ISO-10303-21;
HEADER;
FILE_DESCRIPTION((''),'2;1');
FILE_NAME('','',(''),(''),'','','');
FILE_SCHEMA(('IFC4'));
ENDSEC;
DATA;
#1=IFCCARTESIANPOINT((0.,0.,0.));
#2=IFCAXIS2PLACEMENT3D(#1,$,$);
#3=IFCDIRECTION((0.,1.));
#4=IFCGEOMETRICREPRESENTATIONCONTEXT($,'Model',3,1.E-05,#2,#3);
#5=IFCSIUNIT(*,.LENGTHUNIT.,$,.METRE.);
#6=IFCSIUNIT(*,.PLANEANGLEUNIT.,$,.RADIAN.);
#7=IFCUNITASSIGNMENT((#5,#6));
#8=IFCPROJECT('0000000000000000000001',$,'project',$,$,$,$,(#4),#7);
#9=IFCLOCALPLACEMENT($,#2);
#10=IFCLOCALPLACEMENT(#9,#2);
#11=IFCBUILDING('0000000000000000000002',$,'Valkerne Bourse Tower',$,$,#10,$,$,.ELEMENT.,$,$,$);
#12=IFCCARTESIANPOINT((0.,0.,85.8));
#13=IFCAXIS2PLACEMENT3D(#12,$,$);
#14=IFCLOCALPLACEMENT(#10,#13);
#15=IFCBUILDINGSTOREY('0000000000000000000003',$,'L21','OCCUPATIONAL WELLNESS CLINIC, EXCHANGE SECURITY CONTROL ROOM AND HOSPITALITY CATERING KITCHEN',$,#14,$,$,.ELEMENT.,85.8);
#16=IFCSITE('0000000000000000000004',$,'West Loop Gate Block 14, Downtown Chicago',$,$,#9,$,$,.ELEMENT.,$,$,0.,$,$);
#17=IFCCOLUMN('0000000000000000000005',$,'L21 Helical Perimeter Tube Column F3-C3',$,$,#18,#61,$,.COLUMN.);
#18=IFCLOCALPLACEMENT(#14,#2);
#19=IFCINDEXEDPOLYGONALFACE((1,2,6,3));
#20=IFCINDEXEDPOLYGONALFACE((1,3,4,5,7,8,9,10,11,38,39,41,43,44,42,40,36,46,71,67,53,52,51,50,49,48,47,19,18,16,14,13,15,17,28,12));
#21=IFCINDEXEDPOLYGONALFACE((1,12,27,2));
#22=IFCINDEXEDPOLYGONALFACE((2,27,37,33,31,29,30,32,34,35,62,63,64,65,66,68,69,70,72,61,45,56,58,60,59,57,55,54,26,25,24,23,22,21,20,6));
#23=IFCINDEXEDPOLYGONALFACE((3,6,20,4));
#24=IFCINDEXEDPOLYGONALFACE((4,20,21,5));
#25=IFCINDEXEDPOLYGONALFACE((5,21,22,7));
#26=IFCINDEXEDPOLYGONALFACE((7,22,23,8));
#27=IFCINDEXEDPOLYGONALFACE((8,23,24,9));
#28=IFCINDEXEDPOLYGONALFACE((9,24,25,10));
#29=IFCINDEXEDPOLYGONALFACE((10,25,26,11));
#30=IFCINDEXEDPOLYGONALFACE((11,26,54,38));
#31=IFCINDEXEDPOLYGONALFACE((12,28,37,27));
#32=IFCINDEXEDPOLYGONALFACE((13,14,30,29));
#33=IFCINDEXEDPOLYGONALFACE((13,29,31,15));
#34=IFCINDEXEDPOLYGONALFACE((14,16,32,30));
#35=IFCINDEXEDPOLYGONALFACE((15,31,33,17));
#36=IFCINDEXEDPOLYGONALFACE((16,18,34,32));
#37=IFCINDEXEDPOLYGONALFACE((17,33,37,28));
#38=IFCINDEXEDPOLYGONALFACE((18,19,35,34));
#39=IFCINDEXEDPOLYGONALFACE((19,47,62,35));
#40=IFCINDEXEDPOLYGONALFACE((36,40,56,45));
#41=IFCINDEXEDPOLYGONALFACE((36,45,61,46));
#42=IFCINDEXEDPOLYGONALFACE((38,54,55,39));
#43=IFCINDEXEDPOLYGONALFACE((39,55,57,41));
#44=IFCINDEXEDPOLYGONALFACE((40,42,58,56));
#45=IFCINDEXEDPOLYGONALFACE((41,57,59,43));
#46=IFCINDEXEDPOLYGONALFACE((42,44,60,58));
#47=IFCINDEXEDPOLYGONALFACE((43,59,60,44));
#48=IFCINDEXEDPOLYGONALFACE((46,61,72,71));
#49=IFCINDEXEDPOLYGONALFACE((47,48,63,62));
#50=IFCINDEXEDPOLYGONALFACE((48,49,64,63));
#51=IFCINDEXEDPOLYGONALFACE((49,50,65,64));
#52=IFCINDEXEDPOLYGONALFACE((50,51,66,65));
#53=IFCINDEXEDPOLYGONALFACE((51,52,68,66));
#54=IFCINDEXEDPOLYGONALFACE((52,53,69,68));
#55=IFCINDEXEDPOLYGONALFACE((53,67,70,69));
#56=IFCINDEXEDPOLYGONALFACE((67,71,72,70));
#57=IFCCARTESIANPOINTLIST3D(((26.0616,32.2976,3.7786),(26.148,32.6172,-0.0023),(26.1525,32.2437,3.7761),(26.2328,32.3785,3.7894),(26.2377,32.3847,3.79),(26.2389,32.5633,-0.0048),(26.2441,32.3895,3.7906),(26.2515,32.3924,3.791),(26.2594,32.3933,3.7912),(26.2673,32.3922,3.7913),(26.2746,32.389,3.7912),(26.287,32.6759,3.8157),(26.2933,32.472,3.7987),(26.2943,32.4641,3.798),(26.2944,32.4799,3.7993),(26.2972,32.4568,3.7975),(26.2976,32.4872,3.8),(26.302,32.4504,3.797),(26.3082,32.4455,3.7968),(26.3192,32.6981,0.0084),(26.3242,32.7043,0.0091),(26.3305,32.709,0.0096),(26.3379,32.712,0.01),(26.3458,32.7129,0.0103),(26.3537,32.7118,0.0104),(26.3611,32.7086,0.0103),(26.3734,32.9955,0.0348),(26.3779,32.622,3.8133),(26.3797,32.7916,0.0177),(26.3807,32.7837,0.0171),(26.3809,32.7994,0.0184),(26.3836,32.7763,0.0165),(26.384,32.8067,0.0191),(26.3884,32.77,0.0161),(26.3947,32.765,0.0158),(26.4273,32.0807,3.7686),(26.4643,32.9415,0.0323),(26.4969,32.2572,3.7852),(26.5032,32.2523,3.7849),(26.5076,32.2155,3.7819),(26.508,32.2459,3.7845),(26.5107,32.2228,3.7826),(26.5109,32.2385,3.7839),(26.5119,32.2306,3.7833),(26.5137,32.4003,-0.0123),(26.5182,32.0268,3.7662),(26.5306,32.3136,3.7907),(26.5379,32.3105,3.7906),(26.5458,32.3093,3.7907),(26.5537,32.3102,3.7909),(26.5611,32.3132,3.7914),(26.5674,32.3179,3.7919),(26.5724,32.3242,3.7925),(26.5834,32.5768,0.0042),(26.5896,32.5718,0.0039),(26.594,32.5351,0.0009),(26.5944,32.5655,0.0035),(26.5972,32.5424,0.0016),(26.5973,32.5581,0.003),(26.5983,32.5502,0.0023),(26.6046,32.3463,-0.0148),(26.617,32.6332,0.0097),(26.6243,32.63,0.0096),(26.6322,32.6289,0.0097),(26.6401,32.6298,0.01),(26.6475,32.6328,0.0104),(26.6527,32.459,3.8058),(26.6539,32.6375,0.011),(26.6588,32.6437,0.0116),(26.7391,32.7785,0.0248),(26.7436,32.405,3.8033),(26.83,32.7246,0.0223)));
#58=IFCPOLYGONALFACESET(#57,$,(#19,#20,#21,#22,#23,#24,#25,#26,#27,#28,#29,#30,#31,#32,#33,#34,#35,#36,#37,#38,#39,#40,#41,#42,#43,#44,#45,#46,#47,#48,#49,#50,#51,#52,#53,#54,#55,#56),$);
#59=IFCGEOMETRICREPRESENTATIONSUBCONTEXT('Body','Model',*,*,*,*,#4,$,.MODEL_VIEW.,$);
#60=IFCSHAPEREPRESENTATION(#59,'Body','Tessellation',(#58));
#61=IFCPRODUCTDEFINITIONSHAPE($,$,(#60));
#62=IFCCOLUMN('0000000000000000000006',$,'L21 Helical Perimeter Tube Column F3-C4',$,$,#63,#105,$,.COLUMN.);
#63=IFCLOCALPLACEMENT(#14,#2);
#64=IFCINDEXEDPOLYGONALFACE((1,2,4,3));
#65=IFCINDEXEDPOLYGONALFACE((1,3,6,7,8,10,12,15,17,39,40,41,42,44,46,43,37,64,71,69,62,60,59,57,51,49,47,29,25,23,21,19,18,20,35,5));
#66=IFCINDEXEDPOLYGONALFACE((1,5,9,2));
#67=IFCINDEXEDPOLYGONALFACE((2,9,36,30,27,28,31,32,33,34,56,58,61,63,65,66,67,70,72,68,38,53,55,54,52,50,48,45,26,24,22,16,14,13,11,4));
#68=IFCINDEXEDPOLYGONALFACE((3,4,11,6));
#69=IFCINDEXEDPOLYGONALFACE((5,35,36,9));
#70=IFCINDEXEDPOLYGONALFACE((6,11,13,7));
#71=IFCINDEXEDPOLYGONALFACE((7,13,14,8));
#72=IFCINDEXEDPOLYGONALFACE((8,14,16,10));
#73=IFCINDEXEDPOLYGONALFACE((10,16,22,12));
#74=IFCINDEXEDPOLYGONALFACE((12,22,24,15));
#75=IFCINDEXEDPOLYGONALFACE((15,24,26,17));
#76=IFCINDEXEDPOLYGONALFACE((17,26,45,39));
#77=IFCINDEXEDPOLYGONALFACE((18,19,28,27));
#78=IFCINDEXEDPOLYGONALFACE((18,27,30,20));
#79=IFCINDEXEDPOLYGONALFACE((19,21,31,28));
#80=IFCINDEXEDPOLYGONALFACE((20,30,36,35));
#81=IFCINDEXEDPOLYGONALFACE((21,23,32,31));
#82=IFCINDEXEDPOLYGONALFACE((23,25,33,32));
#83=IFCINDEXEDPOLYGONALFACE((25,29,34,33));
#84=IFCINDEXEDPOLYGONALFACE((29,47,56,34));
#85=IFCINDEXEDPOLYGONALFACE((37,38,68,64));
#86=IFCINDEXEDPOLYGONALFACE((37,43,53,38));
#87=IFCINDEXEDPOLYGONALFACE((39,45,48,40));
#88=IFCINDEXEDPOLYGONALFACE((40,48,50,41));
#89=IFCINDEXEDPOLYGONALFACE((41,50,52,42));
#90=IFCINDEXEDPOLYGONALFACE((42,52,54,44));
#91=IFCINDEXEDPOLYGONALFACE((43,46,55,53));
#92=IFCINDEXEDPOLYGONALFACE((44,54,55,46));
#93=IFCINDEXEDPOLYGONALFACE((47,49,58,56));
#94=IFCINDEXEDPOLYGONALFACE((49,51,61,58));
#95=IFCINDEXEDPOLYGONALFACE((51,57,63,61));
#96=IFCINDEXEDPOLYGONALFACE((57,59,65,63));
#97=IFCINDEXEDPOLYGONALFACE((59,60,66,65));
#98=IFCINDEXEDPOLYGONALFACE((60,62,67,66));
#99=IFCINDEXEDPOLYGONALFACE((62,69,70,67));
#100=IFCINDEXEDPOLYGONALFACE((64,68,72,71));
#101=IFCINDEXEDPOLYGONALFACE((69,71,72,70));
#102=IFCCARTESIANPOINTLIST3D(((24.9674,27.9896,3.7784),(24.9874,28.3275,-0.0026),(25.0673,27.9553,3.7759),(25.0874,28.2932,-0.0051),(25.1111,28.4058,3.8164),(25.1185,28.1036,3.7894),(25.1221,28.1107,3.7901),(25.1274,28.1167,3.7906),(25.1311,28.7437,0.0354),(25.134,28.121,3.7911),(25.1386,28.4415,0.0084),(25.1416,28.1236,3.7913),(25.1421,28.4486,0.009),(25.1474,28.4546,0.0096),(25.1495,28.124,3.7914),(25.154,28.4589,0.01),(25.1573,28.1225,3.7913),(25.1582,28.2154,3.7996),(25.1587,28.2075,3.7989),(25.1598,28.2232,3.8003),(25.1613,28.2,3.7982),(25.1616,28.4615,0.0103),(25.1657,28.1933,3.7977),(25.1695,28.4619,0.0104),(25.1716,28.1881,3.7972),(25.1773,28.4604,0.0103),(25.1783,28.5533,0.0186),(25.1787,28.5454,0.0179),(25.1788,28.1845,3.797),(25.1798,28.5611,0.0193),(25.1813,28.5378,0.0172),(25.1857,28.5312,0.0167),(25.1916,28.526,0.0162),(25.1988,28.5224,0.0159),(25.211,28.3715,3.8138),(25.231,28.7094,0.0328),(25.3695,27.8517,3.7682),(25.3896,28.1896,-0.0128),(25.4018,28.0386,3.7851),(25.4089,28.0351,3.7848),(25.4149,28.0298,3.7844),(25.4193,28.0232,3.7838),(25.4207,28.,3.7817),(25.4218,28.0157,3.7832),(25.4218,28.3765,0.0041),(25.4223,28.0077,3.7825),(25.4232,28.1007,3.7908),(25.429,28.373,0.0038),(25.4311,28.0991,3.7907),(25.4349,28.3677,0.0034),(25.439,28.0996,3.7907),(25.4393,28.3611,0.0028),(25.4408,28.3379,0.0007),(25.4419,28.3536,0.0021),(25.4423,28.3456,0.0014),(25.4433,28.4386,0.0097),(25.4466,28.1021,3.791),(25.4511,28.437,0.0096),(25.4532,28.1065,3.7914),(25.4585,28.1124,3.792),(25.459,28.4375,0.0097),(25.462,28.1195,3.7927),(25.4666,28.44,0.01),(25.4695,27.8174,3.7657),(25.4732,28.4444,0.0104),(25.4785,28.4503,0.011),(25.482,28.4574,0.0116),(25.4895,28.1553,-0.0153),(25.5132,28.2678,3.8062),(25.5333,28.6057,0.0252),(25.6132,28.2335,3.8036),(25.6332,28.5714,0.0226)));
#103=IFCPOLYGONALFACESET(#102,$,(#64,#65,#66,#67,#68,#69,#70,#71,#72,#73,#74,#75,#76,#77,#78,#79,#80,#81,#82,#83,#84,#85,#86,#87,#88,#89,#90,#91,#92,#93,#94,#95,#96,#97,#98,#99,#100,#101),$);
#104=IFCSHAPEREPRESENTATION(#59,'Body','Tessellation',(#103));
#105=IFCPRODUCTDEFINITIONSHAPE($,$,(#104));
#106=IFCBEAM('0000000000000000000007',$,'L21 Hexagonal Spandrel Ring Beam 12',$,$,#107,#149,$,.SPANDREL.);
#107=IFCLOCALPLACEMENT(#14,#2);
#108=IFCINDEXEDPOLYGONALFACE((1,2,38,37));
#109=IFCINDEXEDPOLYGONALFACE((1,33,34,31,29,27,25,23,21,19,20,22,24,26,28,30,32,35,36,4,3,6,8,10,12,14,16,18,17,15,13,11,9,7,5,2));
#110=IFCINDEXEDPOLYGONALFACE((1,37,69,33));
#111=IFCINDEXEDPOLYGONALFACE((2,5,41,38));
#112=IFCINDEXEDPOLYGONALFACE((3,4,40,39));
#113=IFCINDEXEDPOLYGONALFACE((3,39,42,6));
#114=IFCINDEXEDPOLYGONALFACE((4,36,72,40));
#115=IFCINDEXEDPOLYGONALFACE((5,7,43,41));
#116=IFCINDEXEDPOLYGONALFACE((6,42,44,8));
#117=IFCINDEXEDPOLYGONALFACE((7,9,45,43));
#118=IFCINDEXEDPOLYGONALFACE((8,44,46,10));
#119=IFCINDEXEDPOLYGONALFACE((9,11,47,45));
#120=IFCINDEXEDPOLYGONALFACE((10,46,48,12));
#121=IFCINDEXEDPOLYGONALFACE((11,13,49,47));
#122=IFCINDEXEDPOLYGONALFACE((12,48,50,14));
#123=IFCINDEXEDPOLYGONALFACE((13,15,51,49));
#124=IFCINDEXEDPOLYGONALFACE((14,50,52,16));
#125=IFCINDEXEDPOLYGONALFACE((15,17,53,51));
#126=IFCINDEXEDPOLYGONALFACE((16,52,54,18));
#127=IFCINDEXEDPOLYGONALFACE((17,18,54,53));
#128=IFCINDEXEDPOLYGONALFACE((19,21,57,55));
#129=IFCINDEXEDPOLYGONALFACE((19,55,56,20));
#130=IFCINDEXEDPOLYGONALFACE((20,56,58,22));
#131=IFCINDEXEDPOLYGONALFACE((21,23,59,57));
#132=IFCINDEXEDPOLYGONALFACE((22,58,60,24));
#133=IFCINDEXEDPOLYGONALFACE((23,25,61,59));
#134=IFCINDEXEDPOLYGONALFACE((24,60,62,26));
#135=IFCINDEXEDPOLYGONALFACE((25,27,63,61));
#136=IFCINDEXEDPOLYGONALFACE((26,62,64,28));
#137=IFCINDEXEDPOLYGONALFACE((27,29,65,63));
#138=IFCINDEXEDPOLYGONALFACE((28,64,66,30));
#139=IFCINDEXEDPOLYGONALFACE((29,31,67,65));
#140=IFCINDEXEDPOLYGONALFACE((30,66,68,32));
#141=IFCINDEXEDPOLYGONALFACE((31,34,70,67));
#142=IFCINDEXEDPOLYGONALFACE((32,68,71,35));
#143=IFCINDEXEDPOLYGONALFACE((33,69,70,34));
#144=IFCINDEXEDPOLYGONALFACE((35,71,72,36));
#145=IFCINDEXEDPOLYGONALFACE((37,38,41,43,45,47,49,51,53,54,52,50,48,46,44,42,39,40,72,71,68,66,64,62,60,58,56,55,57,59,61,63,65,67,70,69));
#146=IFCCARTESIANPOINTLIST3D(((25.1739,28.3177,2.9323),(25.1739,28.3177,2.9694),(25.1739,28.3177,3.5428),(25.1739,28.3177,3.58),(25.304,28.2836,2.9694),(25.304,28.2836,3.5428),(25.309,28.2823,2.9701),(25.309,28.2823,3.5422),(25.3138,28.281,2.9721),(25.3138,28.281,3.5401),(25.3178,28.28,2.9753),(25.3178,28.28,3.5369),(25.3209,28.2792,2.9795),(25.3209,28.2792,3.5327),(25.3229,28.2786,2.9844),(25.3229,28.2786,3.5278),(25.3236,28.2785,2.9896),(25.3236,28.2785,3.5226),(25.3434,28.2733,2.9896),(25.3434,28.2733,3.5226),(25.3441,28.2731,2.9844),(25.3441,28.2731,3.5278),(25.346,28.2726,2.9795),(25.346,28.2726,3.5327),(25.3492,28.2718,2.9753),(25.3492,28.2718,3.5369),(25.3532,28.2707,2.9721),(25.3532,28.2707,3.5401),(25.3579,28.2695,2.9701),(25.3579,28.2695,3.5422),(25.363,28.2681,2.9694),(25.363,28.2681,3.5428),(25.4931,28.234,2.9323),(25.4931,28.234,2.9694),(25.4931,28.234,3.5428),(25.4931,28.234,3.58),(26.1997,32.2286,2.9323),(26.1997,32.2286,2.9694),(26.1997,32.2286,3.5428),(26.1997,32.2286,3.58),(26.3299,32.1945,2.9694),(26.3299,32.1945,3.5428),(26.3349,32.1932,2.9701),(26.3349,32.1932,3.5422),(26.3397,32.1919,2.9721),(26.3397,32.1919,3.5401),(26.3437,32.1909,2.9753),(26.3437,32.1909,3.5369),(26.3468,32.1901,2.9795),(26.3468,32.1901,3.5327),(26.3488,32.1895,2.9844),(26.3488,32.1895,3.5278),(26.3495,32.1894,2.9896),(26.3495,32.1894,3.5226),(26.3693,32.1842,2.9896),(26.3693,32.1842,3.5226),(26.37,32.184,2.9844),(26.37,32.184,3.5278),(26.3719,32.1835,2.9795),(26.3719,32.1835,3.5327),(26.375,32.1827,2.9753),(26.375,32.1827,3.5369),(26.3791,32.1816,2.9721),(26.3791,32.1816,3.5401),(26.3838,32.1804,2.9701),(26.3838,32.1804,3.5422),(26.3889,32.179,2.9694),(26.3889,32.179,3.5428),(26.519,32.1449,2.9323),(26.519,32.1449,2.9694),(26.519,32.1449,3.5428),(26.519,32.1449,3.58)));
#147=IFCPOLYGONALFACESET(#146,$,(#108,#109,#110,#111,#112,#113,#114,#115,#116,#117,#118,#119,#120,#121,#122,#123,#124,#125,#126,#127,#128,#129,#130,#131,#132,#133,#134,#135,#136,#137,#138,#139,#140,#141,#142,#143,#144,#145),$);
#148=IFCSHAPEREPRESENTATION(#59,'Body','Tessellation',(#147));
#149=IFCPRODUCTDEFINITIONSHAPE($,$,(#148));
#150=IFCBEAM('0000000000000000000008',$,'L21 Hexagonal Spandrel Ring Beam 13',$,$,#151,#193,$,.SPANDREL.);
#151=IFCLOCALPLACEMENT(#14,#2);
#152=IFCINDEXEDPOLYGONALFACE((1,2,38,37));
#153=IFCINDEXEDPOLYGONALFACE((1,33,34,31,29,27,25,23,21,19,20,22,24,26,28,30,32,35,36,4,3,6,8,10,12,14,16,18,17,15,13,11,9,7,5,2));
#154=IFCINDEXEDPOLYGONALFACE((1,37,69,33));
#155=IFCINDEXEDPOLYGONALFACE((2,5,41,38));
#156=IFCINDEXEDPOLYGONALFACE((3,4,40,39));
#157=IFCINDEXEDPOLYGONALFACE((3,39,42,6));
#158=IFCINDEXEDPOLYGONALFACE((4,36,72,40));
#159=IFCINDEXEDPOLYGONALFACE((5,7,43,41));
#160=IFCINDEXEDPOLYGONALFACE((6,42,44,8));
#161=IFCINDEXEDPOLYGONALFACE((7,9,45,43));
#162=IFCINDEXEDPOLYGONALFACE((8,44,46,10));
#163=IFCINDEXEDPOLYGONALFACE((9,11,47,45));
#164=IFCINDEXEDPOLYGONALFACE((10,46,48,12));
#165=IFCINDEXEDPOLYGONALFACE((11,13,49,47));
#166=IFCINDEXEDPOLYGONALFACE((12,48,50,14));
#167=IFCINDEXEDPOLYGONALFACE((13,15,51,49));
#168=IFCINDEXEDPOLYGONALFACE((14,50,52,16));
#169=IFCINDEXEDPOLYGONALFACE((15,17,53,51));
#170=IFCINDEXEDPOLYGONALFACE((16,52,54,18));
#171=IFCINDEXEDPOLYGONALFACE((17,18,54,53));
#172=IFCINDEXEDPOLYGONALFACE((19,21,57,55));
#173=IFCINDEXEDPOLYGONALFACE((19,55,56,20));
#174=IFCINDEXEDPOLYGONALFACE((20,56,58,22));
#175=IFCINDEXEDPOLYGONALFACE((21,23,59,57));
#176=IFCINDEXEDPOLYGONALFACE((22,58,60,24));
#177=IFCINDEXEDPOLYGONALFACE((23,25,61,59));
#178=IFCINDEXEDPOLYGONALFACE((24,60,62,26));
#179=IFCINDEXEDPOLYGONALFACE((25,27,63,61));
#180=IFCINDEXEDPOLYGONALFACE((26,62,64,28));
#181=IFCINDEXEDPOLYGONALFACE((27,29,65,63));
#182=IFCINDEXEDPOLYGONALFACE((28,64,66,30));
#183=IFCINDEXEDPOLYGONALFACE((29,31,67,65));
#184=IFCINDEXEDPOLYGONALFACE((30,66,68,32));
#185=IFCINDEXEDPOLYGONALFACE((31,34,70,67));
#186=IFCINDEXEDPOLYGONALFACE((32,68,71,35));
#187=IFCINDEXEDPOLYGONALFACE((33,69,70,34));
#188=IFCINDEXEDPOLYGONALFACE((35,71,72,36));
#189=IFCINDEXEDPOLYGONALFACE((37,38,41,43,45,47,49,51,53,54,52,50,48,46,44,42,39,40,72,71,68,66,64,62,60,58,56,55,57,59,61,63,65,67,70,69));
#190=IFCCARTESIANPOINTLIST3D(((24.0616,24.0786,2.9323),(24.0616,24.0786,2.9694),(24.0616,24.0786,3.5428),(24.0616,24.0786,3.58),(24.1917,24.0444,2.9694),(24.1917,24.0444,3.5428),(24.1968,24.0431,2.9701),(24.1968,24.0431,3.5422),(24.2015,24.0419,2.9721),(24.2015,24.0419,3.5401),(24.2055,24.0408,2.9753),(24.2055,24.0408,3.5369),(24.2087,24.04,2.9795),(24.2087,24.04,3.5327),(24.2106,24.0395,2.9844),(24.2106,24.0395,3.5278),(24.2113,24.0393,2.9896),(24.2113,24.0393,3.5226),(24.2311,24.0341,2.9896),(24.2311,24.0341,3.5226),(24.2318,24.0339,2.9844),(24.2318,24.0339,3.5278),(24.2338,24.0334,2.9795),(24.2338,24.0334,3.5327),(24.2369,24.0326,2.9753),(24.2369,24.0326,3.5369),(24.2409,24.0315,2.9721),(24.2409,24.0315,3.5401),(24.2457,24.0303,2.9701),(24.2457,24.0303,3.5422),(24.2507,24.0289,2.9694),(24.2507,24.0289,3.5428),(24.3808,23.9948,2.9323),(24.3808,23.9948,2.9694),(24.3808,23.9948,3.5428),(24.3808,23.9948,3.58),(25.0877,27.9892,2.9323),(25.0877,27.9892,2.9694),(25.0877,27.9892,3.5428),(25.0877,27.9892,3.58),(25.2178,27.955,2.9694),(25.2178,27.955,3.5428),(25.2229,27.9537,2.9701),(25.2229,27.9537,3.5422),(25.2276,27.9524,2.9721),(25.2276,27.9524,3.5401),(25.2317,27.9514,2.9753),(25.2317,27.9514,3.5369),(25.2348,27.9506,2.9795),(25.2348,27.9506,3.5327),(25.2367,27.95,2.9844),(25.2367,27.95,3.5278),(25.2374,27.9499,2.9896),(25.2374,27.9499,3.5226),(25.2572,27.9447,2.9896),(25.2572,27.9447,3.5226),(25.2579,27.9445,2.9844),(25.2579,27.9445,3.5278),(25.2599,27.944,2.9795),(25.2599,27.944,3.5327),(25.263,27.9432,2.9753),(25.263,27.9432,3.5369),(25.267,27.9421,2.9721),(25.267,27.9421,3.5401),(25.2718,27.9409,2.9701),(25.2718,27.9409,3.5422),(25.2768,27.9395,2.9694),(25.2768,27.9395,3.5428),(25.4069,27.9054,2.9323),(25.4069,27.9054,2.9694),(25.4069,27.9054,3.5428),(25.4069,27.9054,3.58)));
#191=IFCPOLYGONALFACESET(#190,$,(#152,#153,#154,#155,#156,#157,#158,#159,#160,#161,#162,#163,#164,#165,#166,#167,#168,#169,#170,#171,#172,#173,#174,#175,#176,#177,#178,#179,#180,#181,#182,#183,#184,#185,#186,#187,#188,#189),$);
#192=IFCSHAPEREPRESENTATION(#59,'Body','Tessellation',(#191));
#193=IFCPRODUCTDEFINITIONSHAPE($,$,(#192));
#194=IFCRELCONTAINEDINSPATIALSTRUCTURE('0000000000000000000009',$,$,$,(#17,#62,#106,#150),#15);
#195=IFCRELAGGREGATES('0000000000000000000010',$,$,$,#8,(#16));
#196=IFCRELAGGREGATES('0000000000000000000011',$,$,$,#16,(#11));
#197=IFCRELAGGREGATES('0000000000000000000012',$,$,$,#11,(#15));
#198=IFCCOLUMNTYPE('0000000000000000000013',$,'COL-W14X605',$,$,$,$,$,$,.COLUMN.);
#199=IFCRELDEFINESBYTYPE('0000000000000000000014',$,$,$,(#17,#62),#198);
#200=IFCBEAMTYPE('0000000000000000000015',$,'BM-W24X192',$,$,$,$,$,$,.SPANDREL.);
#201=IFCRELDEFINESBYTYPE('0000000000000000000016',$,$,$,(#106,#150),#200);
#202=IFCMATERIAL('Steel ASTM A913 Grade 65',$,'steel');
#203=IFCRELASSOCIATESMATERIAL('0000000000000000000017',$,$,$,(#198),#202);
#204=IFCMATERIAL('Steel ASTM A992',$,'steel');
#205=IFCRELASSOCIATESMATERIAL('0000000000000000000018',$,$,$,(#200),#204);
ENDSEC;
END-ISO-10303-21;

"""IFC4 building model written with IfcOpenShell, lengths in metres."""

from ifc_helpers import new_model, si_unit, direction, frame, origin, origin_2d, place, context, subcontext, project, spatial, i_section, extrude, material, material_profile, profile_set, type_object, element, save


model = new_model("IFC4")

# Units and contexts
model_context = context("Model", 3, precision=1e-05, world=origin(), true_north=direction((0.0, 1.0)))
body_context = subcontext(model_context, "Body", "Model", "MODEL_VIEW")
ifc_project = project(units=[si_unit("LENGTHUNIT", "METRE"), si_unit("PLANEANGLEUNIT", "RADIAN")], contexts=[model_context])

# Site, building, storey
site_placement = place(None, origin())
site = spatial("IfcSite", under=ifc_project, at=site_placement, Name="West Loop Gate Block 14, Downtown Chicago", CompositionType="ELEMENT", RefElevation=0.0)
building_placement = place(site_placement, origin())
building = spatial("IfcBuilding", under=site, at=building_placement, Name="Valkerne Bourse Tower", CompositionType="ELEMENT")
storey_placement = place(building_placement, frame((0.0, 0.0, 85.8)))
storey = spatial("IfcBuildingStorey", under=building, at=storey_placement, Name="L21", Description="OCCUPATIONAL WELLNESS CLINIC, EXCHANGE SECURITY CONTROL ROOM AND HOSPITALITY CATERING KITCHEN", CompositionType="ELEMENT", Elevation=85.8)

# Columns
ifc_material_1 = material(Name="Steel ASTM A913 Grade 65", Category="steel")
ifc_material_profile_1 = material_profile(ifc_material_1, i_section(OverallWidth=0.4419, OverallDepth=0.531, WebThickness=0.0659, FlangeThickness=0.1057, FilletRadius=0.0305, at=origin_2d()), Name="W14X605")
ifc_profile_set_1 = profile_set([ifc_material_profile_1], Name="Steel ASTM A913 Grade 65")
column_type = type_object("IfcColumnType", Name="COL-W14X605", PredefinedType="COLUMN", material=ifc_profile_set_1)
column_1_placement = place(storey_placement, frame((26.489, 32.6709, 0.01), z_axis=(-0.022771, -0.0842, 0.996189), x_axis=(-0.510077, -0.856016, -0.084012)))
element("IfcColumn", 1, at=column_1_placement, inside=storey, type_object=column_type, Name="L21 Helical Perimeter Tube Column F3-C3", PredefinedType="COLUMN", context=body_context, shape_type="SweptSolid", body=[
    extrude(i_section(OverallWidth=0.4419, OverallDepth=0.531, WebThickness=0.0659, FlangeThickness=0.1057, FilletRadius=0.0305, at=origin_2d()), origin(), (0.0, 0.0, 1.0), 3.7954),
])
column_2_placement = place(storey_placement, frame((25.3103, 28.4495, 0.01), z_axis=(-0.005274, -0.089009, 0.996017), x_axis=(-0.325188, -0.941742, -0.085881)))
element("IfcColumn", 2, at=column_2_placement, inside=storey, type_object=column_type, Name="L21 Helical Perimeter Tube Column F3-C4", PredefinedType="COLUMN", context=body_context, shape_type="SweptSolid", body=[
    extrude(i_section(OverallWidth=0.4419, OverallDepth=0.531, WebThickness=0.0659, FlangeThickness=0.1057, FilletRadius=0.0305, at=origin_2d()), origin(), (0.0, 0.0, 1.0), 3.7961),
])

# Beams
ifc_material_2 = material(Name="Steel ASTM A992", Category="steel")
ifc_material_profile_2 = material_profile(ifc_material_2, i_section(OverallWidth=0.3301, OverallDepth=0.6477, WebThickness=0.0205, FlangeThickness=0.0371, FilletRadius=0.0203, at=origin_2d()), Name="W24X192")
ifc_profile_set_2 = profile_set([ifc_material_profile_2], Name="Steel ASTM A992")
beam_type_1 = type_object("IfcBeamType", Name="BM-W24X192", PredefinedType="SPANDREL", material=ifc_profile_set_2)
beam_1_placement = place(storey_placement, frame((26.3594, 32.1868, 3.2561), z_axis=(-0.253729, -0.967275, 0.0), x_axis=(0.967275, -0.253729, 0.0)))
element("IfcBeam", 3, at=beam_1_placement, inside=storey, type_object=beam_type_1, Name="L21 Hexagonal Spandrel Ring Beam 12", PredefinedType="SPANDREL", context=body_context, shape_type="SweptSolid", body=[
    extrude(i_section(OverallWidth=0.3301, OverallDepth=0.6477, WebThickness=0.0205, FlangeThickness=0.0371, FilletRadius=0.0203, at=origin_2d()), origin(), (0.0, 0.0, 1.0), 4.0432),
])
beam_2_placement = place(storey_placement, frame((25.2473, 27.9473, 3.2561), z_axis=(-0.253801, -0.967257, 0.0), x_axis=(0.967257, -0.253801, 0.0)))
element("IfcBeam", 4, at=beam_2_placement, inside=storey, type_object=beam_type_1, Name="L21 Hexagonal Spandrel Ring Beam 13", PredefinedType="SPANDREL", context=body_context, shape_type="SweptSolid", body=[
    extrude(i_section(OverallWidth=0.3301, OverallDepth=0.6477, WebThickness=0.0205, FlangeThickness=0.0371, FilletRadius=0.0203, at=origin_2d()), origin(), (0.0, 0.0, 1.0), 4.043),
])

save(model, "model.ifc")
